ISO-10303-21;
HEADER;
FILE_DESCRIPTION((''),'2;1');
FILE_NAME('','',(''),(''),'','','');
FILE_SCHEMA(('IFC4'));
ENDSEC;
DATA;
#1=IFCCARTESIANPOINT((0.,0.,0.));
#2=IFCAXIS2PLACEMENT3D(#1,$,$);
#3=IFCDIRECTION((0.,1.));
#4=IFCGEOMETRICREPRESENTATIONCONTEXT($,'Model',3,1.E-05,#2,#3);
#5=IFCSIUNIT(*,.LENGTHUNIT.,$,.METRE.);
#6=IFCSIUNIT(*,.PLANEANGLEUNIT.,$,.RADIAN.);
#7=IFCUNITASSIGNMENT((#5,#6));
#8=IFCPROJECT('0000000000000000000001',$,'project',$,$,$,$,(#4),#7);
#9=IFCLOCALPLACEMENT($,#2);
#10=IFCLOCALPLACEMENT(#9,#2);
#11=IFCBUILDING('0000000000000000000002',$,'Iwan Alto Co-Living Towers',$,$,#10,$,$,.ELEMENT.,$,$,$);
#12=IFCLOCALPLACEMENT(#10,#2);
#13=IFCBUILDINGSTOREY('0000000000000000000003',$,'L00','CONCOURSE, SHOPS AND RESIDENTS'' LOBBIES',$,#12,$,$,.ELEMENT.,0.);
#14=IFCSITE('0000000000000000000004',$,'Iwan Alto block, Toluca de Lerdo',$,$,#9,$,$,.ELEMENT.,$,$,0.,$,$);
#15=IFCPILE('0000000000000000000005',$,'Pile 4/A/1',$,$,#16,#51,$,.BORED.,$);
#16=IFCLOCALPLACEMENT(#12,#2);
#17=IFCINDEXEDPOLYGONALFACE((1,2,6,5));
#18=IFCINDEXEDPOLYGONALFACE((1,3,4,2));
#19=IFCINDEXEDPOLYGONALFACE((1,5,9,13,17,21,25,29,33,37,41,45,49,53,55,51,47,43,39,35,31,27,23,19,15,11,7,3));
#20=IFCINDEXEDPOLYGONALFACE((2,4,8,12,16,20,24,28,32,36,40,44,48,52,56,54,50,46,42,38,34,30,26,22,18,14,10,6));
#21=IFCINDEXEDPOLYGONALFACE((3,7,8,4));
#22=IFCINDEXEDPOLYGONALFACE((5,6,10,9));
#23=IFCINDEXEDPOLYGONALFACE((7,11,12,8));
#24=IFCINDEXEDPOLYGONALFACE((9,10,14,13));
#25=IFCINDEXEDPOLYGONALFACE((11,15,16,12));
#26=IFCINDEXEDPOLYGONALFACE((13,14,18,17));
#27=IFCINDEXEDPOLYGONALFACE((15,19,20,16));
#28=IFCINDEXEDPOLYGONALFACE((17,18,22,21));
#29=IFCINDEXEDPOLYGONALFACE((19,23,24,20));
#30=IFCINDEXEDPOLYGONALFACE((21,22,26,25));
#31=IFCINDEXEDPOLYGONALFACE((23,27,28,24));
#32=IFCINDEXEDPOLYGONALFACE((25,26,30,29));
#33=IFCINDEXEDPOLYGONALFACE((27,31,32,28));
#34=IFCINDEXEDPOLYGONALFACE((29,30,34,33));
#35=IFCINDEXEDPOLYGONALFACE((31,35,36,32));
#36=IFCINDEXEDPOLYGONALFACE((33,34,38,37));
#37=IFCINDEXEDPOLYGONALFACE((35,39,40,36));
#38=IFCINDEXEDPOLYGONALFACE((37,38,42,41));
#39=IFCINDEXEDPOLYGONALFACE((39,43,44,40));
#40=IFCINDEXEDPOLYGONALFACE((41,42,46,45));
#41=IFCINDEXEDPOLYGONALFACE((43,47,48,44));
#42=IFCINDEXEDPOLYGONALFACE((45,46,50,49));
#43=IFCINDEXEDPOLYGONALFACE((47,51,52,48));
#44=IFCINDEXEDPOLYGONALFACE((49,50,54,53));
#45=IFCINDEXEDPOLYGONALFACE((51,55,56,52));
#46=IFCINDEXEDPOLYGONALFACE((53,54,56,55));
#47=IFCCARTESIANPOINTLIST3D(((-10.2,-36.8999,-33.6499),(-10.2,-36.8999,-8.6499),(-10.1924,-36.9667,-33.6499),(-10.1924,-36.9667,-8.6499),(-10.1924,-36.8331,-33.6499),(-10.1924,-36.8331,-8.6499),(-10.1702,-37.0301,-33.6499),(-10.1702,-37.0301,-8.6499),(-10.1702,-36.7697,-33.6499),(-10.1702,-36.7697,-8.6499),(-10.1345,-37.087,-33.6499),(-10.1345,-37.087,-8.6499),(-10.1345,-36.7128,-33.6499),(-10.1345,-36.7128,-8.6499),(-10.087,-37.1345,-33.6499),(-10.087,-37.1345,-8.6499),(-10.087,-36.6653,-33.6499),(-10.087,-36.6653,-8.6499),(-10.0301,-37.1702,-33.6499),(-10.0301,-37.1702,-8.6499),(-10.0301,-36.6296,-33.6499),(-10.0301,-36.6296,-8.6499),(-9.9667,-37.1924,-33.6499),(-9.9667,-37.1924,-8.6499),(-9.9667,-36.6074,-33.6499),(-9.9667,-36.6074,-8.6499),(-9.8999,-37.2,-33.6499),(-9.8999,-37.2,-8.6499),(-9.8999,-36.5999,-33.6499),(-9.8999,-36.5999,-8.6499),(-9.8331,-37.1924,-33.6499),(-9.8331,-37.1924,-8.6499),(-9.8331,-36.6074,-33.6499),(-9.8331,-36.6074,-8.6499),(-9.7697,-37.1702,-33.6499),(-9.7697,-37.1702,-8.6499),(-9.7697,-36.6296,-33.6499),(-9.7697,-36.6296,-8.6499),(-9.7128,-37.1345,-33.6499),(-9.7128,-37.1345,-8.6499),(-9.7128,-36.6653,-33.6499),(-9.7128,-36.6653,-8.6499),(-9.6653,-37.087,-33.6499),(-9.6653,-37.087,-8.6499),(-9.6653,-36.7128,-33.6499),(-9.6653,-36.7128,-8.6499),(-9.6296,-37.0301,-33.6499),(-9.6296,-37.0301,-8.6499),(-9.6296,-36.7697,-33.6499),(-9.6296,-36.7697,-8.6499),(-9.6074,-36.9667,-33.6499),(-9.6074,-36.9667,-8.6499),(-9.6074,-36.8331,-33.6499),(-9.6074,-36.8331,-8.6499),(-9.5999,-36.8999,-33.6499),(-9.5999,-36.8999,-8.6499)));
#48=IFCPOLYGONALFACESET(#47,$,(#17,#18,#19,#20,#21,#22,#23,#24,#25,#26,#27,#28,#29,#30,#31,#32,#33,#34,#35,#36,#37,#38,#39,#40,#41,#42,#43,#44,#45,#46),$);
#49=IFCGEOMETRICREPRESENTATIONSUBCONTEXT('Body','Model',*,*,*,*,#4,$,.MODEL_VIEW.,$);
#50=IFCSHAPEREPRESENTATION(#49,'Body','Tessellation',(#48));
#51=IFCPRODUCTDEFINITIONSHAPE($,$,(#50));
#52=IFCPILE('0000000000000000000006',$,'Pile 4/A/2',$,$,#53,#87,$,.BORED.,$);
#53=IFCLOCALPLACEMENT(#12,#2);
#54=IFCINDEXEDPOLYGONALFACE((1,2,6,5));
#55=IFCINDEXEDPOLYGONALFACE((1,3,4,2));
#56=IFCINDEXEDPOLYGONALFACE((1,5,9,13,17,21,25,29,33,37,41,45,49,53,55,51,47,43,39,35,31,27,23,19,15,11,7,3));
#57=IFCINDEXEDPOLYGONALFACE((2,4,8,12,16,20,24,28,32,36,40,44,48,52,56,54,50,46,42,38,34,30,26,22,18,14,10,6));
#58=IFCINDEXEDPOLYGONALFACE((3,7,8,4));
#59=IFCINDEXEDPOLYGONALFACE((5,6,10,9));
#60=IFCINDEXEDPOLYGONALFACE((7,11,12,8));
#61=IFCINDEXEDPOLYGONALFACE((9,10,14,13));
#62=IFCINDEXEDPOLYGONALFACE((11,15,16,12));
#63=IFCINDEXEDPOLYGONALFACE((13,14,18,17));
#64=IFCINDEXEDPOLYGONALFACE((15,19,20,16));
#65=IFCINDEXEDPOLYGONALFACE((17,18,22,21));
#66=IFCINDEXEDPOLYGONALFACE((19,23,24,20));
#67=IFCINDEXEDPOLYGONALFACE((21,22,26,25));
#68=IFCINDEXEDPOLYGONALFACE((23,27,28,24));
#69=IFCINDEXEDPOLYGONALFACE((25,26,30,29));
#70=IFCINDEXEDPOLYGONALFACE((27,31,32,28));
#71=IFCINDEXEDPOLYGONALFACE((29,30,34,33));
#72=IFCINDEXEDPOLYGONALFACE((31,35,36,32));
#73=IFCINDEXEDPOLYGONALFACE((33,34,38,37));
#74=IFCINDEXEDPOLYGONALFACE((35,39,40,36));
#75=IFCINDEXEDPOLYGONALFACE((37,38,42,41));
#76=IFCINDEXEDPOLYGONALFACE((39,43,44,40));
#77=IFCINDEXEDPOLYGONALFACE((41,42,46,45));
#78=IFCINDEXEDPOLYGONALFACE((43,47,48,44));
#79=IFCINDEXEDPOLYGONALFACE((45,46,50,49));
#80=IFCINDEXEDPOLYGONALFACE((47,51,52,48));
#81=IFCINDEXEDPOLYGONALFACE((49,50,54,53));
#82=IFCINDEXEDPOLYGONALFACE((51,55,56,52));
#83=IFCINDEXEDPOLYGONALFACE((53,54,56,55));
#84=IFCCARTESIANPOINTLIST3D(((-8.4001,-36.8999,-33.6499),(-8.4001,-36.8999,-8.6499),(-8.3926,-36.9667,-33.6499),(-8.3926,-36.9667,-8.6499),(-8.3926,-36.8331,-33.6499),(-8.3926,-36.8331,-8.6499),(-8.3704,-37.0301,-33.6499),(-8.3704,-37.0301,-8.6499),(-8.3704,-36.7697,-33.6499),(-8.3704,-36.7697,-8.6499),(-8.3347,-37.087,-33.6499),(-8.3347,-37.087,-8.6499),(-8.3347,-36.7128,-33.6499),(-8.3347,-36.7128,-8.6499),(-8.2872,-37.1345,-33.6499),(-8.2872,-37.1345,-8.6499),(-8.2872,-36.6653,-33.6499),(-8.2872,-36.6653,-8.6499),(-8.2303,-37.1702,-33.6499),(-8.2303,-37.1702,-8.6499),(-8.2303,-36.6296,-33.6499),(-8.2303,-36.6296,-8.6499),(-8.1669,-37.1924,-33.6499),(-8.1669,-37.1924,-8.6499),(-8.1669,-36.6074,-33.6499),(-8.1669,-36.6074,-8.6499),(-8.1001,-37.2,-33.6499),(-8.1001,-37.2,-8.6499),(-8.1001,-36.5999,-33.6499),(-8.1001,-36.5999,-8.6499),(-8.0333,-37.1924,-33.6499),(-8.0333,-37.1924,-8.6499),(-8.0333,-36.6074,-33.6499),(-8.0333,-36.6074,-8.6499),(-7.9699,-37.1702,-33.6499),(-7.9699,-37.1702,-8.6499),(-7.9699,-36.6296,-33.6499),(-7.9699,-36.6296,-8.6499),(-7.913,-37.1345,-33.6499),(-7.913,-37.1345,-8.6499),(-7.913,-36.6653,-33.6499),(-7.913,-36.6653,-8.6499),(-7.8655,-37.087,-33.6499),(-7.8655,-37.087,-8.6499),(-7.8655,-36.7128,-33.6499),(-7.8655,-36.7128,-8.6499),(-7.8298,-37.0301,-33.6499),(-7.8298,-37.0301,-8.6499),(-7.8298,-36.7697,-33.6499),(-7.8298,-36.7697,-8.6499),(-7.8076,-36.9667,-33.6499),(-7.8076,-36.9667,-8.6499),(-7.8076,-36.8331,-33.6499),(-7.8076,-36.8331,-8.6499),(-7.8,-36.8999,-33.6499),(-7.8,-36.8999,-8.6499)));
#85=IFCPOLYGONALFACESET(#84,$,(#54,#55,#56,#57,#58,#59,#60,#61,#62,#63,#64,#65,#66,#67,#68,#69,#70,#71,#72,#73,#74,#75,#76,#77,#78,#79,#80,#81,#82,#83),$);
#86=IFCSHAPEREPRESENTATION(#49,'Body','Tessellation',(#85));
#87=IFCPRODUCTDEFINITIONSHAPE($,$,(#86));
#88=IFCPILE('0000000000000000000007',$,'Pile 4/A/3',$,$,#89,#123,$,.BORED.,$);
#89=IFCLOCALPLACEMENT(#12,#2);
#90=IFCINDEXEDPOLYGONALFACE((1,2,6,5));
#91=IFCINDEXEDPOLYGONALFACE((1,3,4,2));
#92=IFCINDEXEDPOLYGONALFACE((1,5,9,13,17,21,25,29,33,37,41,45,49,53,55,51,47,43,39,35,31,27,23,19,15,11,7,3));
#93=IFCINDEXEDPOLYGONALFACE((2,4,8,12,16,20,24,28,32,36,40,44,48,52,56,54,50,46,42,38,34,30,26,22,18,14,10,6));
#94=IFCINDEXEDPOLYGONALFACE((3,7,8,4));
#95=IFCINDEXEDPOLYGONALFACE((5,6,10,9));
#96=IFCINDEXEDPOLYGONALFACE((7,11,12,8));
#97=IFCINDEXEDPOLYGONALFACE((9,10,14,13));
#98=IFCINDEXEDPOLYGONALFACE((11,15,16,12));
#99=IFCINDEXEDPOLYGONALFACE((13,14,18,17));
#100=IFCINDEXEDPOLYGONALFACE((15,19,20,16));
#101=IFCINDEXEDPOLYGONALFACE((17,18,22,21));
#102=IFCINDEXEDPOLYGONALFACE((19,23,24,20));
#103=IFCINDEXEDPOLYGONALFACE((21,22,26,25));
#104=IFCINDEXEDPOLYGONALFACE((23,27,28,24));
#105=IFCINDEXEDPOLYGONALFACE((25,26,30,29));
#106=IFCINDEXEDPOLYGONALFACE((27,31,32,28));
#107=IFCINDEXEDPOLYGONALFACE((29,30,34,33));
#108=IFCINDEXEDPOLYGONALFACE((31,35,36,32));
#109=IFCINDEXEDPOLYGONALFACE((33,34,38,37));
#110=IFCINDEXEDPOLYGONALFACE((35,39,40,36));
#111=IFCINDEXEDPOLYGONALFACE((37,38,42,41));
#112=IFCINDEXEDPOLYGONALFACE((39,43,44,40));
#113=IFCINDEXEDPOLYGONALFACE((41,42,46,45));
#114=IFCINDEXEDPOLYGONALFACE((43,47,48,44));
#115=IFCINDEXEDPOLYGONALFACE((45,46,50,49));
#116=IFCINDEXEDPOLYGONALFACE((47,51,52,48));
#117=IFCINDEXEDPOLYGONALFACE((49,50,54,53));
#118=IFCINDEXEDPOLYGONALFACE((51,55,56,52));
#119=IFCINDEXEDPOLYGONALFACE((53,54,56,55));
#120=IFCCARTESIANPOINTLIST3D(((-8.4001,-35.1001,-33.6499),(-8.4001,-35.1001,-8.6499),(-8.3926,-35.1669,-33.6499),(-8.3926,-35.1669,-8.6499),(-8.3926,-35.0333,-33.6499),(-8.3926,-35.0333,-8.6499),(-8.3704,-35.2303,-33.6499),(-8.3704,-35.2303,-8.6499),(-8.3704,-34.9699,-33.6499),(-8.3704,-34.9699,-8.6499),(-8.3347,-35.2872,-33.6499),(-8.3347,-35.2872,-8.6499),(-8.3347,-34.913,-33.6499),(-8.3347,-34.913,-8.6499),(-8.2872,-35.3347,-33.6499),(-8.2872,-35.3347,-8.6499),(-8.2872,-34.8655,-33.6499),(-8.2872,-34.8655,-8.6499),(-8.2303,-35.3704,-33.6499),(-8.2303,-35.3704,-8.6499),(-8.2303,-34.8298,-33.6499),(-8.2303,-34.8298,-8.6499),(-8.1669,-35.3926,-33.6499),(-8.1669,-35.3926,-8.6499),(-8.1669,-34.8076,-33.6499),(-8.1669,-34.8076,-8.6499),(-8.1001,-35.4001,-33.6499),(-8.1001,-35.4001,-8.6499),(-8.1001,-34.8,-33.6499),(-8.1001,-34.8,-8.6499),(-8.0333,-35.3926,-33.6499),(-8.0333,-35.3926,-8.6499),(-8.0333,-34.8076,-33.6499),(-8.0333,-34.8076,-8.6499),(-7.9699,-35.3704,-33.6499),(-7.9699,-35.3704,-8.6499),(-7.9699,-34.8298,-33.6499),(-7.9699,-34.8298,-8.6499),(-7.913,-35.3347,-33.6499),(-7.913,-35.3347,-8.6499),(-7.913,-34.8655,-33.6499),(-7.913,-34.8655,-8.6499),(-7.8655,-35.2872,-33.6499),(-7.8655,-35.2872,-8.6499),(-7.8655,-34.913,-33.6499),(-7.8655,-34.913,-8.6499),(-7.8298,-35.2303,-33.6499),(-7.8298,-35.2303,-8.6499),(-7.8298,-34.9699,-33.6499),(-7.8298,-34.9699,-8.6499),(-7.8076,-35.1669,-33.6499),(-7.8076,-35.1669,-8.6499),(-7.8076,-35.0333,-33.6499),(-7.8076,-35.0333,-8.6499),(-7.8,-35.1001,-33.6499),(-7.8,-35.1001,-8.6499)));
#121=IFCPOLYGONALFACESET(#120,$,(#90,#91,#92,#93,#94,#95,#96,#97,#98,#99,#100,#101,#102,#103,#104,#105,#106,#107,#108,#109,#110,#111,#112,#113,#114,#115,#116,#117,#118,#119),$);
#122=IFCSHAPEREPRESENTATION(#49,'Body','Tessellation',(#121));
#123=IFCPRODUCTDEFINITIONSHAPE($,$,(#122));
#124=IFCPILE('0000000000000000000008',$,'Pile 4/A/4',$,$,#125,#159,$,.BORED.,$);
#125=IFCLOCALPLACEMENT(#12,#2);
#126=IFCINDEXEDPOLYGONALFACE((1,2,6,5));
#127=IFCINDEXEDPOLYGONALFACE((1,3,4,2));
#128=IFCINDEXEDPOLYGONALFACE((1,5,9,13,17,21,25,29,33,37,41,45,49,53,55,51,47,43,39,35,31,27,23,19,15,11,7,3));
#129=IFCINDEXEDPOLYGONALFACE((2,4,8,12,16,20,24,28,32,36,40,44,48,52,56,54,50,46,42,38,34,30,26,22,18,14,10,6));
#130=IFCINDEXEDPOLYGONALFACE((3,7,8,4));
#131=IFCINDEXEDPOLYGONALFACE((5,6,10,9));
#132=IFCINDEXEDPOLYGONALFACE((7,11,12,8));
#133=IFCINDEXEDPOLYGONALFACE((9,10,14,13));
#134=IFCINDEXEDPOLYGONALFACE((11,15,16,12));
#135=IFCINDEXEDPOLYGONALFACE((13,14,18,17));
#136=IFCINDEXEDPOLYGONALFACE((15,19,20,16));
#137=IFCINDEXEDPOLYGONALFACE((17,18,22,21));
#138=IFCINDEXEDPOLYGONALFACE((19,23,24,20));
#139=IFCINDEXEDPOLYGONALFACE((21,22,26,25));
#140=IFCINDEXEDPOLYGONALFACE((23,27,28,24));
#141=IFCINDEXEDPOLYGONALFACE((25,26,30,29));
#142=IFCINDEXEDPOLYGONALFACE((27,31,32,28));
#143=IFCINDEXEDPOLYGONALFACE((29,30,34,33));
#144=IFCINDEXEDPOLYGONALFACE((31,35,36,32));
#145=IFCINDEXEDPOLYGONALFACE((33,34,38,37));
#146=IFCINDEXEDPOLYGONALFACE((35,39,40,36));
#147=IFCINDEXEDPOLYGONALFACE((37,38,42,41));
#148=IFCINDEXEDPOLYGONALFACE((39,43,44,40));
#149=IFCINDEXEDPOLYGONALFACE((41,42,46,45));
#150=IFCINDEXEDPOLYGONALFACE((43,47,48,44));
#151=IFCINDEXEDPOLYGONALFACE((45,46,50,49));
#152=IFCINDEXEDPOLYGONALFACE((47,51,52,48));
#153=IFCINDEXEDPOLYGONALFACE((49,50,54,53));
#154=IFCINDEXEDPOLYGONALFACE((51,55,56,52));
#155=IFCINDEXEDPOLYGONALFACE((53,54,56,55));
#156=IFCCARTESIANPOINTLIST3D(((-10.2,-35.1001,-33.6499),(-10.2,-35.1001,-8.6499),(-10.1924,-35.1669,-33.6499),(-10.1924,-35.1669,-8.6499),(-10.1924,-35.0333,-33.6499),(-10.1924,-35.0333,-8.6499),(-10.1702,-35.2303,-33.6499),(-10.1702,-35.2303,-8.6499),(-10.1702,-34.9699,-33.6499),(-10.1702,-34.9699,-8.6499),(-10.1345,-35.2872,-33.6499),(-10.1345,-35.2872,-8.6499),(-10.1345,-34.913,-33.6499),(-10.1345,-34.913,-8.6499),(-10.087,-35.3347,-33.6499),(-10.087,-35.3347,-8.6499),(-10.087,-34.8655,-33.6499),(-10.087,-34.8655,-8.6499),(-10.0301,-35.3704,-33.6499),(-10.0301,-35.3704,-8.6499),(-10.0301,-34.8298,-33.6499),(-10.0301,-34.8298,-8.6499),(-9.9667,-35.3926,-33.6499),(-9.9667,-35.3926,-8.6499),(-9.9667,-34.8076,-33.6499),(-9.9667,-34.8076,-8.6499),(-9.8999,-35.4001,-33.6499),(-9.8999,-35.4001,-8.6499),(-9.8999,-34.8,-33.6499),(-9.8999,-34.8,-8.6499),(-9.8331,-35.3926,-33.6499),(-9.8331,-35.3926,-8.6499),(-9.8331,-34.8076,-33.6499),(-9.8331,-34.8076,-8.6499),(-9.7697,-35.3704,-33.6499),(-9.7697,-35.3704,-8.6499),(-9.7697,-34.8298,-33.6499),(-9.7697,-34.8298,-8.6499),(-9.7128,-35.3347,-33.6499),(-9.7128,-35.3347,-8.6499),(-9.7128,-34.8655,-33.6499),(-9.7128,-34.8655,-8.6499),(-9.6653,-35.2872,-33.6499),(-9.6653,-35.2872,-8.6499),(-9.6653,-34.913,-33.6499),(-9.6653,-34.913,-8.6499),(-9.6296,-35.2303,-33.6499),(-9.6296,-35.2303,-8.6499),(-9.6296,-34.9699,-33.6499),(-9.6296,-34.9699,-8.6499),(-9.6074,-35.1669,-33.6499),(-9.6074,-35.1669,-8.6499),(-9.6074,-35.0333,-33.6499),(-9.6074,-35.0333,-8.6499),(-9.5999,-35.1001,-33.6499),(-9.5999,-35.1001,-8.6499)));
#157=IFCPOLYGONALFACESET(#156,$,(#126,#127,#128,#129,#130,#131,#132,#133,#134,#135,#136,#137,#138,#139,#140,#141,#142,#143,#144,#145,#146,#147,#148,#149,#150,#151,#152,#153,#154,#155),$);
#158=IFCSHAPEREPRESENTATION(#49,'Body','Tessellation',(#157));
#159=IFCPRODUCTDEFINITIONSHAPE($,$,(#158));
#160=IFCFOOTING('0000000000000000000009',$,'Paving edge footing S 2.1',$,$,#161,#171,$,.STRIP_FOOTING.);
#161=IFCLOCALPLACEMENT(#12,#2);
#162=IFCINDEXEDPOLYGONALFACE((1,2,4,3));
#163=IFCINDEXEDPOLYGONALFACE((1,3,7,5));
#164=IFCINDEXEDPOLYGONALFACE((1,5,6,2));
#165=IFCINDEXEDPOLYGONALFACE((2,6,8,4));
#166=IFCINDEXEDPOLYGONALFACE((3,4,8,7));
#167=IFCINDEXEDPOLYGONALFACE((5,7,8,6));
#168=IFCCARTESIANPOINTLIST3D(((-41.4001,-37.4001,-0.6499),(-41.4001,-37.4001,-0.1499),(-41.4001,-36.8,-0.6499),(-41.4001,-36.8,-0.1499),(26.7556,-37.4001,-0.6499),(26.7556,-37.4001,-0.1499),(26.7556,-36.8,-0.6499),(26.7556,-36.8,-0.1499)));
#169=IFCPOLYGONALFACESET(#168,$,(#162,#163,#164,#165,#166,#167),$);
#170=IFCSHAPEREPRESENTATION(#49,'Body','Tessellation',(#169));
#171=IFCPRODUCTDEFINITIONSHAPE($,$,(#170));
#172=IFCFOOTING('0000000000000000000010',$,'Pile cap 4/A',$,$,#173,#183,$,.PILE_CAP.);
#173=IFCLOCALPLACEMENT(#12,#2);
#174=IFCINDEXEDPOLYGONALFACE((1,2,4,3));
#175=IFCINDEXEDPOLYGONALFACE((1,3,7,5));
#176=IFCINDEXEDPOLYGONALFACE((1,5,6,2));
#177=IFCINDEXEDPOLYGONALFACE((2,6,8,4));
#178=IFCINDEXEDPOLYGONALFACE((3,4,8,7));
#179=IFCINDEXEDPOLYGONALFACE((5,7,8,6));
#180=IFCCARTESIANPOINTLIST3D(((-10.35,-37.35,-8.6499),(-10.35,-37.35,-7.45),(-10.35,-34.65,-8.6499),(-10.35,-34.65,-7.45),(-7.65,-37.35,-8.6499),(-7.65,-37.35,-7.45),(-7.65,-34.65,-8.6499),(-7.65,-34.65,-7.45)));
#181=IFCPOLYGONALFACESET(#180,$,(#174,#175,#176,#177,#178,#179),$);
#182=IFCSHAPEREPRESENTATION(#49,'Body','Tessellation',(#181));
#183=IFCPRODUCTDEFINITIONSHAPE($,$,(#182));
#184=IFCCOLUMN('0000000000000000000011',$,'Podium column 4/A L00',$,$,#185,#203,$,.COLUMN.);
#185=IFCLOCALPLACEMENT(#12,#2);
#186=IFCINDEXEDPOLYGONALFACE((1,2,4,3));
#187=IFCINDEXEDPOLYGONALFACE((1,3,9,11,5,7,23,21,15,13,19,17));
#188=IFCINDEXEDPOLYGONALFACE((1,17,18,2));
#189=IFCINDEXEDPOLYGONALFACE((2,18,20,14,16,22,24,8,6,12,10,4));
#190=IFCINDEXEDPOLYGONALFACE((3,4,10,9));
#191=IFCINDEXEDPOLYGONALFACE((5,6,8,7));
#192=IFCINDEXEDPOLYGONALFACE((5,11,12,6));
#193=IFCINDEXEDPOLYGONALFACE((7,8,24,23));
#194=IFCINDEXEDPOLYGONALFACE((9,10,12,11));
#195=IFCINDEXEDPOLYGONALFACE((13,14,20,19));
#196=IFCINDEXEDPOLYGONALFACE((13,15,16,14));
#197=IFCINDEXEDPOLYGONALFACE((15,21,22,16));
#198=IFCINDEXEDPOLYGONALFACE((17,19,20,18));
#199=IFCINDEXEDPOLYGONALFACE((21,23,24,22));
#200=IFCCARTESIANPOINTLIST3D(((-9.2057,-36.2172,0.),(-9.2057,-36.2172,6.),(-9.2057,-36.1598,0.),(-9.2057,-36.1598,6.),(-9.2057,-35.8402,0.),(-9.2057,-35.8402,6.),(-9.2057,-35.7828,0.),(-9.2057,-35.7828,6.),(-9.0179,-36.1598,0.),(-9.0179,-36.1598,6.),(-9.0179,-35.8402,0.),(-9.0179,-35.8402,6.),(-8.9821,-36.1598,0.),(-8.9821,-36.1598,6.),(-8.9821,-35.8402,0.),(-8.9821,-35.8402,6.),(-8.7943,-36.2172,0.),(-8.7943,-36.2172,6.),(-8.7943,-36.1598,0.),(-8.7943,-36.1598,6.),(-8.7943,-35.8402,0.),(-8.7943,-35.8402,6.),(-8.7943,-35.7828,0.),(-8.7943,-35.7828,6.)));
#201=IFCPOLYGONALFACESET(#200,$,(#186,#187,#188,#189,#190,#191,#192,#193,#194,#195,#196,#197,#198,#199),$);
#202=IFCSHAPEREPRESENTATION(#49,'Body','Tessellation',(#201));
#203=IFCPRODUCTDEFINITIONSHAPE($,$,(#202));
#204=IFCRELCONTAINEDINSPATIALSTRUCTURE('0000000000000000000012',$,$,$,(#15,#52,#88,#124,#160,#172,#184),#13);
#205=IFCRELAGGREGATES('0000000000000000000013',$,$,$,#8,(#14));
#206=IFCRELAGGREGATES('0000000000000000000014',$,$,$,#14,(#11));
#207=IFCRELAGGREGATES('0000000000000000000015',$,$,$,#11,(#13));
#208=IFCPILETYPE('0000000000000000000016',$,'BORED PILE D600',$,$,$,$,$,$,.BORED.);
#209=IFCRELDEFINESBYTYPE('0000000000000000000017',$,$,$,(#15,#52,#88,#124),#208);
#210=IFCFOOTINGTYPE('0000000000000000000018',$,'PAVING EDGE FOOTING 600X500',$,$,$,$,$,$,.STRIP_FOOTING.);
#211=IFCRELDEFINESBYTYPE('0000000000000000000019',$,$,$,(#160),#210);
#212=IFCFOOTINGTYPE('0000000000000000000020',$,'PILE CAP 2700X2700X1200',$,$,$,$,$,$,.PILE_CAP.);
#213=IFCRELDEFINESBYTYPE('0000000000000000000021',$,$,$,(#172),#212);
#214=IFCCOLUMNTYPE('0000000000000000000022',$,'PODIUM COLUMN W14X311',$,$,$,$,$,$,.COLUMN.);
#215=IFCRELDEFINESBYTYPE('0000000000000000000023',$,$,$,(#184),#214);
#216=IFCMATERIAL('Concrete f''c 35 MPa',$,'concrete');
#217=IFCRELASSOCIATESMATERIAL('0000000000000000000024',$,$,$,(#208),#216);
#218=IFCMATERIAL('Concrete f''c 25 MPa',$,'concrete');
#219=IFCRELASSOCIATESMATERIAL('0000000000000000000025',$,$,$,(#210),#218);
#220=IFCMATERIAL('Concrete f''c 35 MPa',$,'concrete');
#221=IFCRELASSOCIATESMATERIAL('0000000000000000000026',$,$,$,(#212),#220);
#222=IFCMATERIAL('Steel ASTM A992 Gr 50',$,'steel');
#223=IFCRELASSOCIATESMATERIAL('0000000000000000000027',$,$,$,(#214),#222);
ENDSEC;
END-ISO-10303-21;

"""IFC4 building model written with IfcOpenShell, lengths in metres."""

from ifc_helpers import new_model, si_unit, direction, frame, origin, origin_2d, place, context, subcontext, project, spatial, rectangle, circle, i_section, extrude, material, material_profile, profile_set, type_object, element, save


model = new_model("IFC4")

# Units and contexts
model_context = context("Model", 3, precision=1e-05, world=origin(), true_north=direction((0.0, 1.0)))
body_context = subcontext(model_context, "Body", "Model", "MODEL_VIEW")
ifc_project = project(units=[si_unit("LENGTHUNIT", "METRE"), si_unit("PLANEANGLEUNIT", "RADIAN")], contexts=[model_context])

# Site, building, storey
site_placement = place(None, origin())
site = spatial("IfcSite", under=ifc_project, at=site_placement, Name="Iwan Alto block, Toluca de Lerdo", CompositionType="ELEMENT", RefElevation=0.0)
building_placement = place(site_placement, origin())
building = spatial("IfcBuilding", under=site, at=building_placement, Name="Iwan Alto Co-Living Towers", CompositionType="ELEMENT")
storey_placement = place(building_placement, origin())
storey = spatial("IfcBuildingStorey", under=building, at=storey_placement, Name="L00", Description="CONCOURSE, SHOPS AND RESIDENTS' LOBBIES", CompositionType="ELEMENT", Elevation=0.0)

# Piles
ifc_material_1 = material(Name="Concrete f'c 35 MPa", Category="concrete")
ifc_material_profile_1 = material_profile(ifc_material_1, circle(Radius=0.3, at=origin_2d()), Name="D600")
ifc_profile_set_1 = profile_set([ifc_material_profile_1], Name="Concrete f'c 35 MPa")
pile_type_1 = type_object("IfcPileType", Name="BORED PILE D600", PredefinedType="BORED", material=ifc_profile_set_1)
for number, where, z_axis, x_axis, name in (
    (1, (-9.8999, -36.8999, -8.6499), (0.0, 0.0, -1.0), (1.0, 0.0, 0.0), "Pile 4/A/1"),
    (2, (-8.1001, -36.8999, -8.6499), (0.0, 0.0, -1.0), (1.0, 0.0, 0.0), "Pile 4/A/2"),
    (3, (-8.1001, -35.1001, -8.6499), (0.0, 0.0, -1.0), (1.0, 0.0, 0.0), "Pile 4/A/3"),
    (4, (-9.8999, -35.1001, -8.6499), (0.0, 0.0, -1.0), (1.0, 0.0, 0.0), "Pile 4/A/4"),
):
    element("IfcPile", number, at=place(storey_placement, frame(where, z_axis=z_axis, x_axis=x_axis)), inside=storey, type_object=pile_type_1, Name=name, PredefinedType="BORED", context=body_context, shape_type="SweptSolid", body=[
        extrude(circle(Radius=0.3, at=origin_2d()), origin(), (0.0, 0.0, 1.0), 25.0),
    ])

# Footings
ifc_material_2 = material(Name="Concrete f'c 25 MPa", Category="concrete")
footing_type_1 = type_object("IfcFootingType", Name="PAVING EDGE FOOTING 600X500", PredefinedType="STRIP_FOOTING", material=ifc_material_2)
footing_1_placement = place(storey_placement, frame((-7.3223, -37.1001, -0.6499), z_axis=(0.0, 0.0, 1.0), x_axis=(1.0, 0.0, 0.0)))
element("IfcFooting", 5, at=footing_1_placement, inside=storey, type_object=footing_type_1, Name="Paving edge footing S 2.1", PredefinedType="STRIP_FOOTING", context=body_context, shape_type="SweptSolid", body=[
    extrude(rectangle(XDim=68.1558, YDim=0.6001, at=origin_2d()), origin(), (0.0, 0.0, 1.0), 0.5),
])
ifc_material_3 = material(Name="Concrete f'c 35 MPa", Category="concrete")
footing_type_2 = type_object("IfcFootingType", Name="PILE CAP 2700X2700X1200", PredefinedType="PILE_CAP", material=ifc_material_3)
footing_2_placement = place(storey_placement, frame((-9.0, -36.0, -8.6499), z_axis=(0.0, 0.0, 1.0), x_axis=(1.0, 0.0, 0.0)))
element("IfcFooting", 6, at=footing_2_placement, inside=storey, type_object=footing_type_2, Name="Pile cap 4/A", PredefinedType="PILE_CAP", context=body_context, shape_type="SweptSolid", body=[
    extrude(rectangle(XDim=2.7, YDim=2.7, at=origin_2d()), origin(), (0.0, 0.0, 1.0), 1.2),
])

# Column
ifc_material_4 = material(Name="Steel ASTM A992 Gr 50", Category="steel")
ifc_material_profile_2 = material_profile(ifc_material_4, i_section(OverallWidth=0.4114, OverallDepth=0.4343, WebThickness=0.0359, FlangeThickness=0.0574, at=origin_2d()), Name="W14X311")
ifc_profile_set_2 = profile_set([ifc_material_profile_2], Name="Steel ASTM A992 Gr 50")
column_type_1 = type_object("IfcColumnType", Name="PODIUM COLUMN W14X311", PredefinedType="COLUMN", material=ifc_profile_set_2)
for number, where, z_axis, x_axis, name in (
    (7, (-9.0, -36.0, 0.0), (0.0, 0.0, 1.0), (1.0, 0.0, 0.0), "Podium column 4/A L00"),
):
    element("IfcColumn", number, at=place(storey_placement, frame(where, z_axis=z_axis, x_axis=x_axis)), inside=storey, type_object=column_type_1, Name=name, PredefinedType="COLUMN", context=body_context, shape_type="SweptSolid", body=[
        extrude(i_section(OverallWidth=0.4114, OverallDepth=0.4343, WebThickness=0.0359, FlangeThickness=0.0574, at=origin_2d()), origin(), (0.0, 0.0, 1.0), 6.0),
    ])

save(model, "model.ifc")
